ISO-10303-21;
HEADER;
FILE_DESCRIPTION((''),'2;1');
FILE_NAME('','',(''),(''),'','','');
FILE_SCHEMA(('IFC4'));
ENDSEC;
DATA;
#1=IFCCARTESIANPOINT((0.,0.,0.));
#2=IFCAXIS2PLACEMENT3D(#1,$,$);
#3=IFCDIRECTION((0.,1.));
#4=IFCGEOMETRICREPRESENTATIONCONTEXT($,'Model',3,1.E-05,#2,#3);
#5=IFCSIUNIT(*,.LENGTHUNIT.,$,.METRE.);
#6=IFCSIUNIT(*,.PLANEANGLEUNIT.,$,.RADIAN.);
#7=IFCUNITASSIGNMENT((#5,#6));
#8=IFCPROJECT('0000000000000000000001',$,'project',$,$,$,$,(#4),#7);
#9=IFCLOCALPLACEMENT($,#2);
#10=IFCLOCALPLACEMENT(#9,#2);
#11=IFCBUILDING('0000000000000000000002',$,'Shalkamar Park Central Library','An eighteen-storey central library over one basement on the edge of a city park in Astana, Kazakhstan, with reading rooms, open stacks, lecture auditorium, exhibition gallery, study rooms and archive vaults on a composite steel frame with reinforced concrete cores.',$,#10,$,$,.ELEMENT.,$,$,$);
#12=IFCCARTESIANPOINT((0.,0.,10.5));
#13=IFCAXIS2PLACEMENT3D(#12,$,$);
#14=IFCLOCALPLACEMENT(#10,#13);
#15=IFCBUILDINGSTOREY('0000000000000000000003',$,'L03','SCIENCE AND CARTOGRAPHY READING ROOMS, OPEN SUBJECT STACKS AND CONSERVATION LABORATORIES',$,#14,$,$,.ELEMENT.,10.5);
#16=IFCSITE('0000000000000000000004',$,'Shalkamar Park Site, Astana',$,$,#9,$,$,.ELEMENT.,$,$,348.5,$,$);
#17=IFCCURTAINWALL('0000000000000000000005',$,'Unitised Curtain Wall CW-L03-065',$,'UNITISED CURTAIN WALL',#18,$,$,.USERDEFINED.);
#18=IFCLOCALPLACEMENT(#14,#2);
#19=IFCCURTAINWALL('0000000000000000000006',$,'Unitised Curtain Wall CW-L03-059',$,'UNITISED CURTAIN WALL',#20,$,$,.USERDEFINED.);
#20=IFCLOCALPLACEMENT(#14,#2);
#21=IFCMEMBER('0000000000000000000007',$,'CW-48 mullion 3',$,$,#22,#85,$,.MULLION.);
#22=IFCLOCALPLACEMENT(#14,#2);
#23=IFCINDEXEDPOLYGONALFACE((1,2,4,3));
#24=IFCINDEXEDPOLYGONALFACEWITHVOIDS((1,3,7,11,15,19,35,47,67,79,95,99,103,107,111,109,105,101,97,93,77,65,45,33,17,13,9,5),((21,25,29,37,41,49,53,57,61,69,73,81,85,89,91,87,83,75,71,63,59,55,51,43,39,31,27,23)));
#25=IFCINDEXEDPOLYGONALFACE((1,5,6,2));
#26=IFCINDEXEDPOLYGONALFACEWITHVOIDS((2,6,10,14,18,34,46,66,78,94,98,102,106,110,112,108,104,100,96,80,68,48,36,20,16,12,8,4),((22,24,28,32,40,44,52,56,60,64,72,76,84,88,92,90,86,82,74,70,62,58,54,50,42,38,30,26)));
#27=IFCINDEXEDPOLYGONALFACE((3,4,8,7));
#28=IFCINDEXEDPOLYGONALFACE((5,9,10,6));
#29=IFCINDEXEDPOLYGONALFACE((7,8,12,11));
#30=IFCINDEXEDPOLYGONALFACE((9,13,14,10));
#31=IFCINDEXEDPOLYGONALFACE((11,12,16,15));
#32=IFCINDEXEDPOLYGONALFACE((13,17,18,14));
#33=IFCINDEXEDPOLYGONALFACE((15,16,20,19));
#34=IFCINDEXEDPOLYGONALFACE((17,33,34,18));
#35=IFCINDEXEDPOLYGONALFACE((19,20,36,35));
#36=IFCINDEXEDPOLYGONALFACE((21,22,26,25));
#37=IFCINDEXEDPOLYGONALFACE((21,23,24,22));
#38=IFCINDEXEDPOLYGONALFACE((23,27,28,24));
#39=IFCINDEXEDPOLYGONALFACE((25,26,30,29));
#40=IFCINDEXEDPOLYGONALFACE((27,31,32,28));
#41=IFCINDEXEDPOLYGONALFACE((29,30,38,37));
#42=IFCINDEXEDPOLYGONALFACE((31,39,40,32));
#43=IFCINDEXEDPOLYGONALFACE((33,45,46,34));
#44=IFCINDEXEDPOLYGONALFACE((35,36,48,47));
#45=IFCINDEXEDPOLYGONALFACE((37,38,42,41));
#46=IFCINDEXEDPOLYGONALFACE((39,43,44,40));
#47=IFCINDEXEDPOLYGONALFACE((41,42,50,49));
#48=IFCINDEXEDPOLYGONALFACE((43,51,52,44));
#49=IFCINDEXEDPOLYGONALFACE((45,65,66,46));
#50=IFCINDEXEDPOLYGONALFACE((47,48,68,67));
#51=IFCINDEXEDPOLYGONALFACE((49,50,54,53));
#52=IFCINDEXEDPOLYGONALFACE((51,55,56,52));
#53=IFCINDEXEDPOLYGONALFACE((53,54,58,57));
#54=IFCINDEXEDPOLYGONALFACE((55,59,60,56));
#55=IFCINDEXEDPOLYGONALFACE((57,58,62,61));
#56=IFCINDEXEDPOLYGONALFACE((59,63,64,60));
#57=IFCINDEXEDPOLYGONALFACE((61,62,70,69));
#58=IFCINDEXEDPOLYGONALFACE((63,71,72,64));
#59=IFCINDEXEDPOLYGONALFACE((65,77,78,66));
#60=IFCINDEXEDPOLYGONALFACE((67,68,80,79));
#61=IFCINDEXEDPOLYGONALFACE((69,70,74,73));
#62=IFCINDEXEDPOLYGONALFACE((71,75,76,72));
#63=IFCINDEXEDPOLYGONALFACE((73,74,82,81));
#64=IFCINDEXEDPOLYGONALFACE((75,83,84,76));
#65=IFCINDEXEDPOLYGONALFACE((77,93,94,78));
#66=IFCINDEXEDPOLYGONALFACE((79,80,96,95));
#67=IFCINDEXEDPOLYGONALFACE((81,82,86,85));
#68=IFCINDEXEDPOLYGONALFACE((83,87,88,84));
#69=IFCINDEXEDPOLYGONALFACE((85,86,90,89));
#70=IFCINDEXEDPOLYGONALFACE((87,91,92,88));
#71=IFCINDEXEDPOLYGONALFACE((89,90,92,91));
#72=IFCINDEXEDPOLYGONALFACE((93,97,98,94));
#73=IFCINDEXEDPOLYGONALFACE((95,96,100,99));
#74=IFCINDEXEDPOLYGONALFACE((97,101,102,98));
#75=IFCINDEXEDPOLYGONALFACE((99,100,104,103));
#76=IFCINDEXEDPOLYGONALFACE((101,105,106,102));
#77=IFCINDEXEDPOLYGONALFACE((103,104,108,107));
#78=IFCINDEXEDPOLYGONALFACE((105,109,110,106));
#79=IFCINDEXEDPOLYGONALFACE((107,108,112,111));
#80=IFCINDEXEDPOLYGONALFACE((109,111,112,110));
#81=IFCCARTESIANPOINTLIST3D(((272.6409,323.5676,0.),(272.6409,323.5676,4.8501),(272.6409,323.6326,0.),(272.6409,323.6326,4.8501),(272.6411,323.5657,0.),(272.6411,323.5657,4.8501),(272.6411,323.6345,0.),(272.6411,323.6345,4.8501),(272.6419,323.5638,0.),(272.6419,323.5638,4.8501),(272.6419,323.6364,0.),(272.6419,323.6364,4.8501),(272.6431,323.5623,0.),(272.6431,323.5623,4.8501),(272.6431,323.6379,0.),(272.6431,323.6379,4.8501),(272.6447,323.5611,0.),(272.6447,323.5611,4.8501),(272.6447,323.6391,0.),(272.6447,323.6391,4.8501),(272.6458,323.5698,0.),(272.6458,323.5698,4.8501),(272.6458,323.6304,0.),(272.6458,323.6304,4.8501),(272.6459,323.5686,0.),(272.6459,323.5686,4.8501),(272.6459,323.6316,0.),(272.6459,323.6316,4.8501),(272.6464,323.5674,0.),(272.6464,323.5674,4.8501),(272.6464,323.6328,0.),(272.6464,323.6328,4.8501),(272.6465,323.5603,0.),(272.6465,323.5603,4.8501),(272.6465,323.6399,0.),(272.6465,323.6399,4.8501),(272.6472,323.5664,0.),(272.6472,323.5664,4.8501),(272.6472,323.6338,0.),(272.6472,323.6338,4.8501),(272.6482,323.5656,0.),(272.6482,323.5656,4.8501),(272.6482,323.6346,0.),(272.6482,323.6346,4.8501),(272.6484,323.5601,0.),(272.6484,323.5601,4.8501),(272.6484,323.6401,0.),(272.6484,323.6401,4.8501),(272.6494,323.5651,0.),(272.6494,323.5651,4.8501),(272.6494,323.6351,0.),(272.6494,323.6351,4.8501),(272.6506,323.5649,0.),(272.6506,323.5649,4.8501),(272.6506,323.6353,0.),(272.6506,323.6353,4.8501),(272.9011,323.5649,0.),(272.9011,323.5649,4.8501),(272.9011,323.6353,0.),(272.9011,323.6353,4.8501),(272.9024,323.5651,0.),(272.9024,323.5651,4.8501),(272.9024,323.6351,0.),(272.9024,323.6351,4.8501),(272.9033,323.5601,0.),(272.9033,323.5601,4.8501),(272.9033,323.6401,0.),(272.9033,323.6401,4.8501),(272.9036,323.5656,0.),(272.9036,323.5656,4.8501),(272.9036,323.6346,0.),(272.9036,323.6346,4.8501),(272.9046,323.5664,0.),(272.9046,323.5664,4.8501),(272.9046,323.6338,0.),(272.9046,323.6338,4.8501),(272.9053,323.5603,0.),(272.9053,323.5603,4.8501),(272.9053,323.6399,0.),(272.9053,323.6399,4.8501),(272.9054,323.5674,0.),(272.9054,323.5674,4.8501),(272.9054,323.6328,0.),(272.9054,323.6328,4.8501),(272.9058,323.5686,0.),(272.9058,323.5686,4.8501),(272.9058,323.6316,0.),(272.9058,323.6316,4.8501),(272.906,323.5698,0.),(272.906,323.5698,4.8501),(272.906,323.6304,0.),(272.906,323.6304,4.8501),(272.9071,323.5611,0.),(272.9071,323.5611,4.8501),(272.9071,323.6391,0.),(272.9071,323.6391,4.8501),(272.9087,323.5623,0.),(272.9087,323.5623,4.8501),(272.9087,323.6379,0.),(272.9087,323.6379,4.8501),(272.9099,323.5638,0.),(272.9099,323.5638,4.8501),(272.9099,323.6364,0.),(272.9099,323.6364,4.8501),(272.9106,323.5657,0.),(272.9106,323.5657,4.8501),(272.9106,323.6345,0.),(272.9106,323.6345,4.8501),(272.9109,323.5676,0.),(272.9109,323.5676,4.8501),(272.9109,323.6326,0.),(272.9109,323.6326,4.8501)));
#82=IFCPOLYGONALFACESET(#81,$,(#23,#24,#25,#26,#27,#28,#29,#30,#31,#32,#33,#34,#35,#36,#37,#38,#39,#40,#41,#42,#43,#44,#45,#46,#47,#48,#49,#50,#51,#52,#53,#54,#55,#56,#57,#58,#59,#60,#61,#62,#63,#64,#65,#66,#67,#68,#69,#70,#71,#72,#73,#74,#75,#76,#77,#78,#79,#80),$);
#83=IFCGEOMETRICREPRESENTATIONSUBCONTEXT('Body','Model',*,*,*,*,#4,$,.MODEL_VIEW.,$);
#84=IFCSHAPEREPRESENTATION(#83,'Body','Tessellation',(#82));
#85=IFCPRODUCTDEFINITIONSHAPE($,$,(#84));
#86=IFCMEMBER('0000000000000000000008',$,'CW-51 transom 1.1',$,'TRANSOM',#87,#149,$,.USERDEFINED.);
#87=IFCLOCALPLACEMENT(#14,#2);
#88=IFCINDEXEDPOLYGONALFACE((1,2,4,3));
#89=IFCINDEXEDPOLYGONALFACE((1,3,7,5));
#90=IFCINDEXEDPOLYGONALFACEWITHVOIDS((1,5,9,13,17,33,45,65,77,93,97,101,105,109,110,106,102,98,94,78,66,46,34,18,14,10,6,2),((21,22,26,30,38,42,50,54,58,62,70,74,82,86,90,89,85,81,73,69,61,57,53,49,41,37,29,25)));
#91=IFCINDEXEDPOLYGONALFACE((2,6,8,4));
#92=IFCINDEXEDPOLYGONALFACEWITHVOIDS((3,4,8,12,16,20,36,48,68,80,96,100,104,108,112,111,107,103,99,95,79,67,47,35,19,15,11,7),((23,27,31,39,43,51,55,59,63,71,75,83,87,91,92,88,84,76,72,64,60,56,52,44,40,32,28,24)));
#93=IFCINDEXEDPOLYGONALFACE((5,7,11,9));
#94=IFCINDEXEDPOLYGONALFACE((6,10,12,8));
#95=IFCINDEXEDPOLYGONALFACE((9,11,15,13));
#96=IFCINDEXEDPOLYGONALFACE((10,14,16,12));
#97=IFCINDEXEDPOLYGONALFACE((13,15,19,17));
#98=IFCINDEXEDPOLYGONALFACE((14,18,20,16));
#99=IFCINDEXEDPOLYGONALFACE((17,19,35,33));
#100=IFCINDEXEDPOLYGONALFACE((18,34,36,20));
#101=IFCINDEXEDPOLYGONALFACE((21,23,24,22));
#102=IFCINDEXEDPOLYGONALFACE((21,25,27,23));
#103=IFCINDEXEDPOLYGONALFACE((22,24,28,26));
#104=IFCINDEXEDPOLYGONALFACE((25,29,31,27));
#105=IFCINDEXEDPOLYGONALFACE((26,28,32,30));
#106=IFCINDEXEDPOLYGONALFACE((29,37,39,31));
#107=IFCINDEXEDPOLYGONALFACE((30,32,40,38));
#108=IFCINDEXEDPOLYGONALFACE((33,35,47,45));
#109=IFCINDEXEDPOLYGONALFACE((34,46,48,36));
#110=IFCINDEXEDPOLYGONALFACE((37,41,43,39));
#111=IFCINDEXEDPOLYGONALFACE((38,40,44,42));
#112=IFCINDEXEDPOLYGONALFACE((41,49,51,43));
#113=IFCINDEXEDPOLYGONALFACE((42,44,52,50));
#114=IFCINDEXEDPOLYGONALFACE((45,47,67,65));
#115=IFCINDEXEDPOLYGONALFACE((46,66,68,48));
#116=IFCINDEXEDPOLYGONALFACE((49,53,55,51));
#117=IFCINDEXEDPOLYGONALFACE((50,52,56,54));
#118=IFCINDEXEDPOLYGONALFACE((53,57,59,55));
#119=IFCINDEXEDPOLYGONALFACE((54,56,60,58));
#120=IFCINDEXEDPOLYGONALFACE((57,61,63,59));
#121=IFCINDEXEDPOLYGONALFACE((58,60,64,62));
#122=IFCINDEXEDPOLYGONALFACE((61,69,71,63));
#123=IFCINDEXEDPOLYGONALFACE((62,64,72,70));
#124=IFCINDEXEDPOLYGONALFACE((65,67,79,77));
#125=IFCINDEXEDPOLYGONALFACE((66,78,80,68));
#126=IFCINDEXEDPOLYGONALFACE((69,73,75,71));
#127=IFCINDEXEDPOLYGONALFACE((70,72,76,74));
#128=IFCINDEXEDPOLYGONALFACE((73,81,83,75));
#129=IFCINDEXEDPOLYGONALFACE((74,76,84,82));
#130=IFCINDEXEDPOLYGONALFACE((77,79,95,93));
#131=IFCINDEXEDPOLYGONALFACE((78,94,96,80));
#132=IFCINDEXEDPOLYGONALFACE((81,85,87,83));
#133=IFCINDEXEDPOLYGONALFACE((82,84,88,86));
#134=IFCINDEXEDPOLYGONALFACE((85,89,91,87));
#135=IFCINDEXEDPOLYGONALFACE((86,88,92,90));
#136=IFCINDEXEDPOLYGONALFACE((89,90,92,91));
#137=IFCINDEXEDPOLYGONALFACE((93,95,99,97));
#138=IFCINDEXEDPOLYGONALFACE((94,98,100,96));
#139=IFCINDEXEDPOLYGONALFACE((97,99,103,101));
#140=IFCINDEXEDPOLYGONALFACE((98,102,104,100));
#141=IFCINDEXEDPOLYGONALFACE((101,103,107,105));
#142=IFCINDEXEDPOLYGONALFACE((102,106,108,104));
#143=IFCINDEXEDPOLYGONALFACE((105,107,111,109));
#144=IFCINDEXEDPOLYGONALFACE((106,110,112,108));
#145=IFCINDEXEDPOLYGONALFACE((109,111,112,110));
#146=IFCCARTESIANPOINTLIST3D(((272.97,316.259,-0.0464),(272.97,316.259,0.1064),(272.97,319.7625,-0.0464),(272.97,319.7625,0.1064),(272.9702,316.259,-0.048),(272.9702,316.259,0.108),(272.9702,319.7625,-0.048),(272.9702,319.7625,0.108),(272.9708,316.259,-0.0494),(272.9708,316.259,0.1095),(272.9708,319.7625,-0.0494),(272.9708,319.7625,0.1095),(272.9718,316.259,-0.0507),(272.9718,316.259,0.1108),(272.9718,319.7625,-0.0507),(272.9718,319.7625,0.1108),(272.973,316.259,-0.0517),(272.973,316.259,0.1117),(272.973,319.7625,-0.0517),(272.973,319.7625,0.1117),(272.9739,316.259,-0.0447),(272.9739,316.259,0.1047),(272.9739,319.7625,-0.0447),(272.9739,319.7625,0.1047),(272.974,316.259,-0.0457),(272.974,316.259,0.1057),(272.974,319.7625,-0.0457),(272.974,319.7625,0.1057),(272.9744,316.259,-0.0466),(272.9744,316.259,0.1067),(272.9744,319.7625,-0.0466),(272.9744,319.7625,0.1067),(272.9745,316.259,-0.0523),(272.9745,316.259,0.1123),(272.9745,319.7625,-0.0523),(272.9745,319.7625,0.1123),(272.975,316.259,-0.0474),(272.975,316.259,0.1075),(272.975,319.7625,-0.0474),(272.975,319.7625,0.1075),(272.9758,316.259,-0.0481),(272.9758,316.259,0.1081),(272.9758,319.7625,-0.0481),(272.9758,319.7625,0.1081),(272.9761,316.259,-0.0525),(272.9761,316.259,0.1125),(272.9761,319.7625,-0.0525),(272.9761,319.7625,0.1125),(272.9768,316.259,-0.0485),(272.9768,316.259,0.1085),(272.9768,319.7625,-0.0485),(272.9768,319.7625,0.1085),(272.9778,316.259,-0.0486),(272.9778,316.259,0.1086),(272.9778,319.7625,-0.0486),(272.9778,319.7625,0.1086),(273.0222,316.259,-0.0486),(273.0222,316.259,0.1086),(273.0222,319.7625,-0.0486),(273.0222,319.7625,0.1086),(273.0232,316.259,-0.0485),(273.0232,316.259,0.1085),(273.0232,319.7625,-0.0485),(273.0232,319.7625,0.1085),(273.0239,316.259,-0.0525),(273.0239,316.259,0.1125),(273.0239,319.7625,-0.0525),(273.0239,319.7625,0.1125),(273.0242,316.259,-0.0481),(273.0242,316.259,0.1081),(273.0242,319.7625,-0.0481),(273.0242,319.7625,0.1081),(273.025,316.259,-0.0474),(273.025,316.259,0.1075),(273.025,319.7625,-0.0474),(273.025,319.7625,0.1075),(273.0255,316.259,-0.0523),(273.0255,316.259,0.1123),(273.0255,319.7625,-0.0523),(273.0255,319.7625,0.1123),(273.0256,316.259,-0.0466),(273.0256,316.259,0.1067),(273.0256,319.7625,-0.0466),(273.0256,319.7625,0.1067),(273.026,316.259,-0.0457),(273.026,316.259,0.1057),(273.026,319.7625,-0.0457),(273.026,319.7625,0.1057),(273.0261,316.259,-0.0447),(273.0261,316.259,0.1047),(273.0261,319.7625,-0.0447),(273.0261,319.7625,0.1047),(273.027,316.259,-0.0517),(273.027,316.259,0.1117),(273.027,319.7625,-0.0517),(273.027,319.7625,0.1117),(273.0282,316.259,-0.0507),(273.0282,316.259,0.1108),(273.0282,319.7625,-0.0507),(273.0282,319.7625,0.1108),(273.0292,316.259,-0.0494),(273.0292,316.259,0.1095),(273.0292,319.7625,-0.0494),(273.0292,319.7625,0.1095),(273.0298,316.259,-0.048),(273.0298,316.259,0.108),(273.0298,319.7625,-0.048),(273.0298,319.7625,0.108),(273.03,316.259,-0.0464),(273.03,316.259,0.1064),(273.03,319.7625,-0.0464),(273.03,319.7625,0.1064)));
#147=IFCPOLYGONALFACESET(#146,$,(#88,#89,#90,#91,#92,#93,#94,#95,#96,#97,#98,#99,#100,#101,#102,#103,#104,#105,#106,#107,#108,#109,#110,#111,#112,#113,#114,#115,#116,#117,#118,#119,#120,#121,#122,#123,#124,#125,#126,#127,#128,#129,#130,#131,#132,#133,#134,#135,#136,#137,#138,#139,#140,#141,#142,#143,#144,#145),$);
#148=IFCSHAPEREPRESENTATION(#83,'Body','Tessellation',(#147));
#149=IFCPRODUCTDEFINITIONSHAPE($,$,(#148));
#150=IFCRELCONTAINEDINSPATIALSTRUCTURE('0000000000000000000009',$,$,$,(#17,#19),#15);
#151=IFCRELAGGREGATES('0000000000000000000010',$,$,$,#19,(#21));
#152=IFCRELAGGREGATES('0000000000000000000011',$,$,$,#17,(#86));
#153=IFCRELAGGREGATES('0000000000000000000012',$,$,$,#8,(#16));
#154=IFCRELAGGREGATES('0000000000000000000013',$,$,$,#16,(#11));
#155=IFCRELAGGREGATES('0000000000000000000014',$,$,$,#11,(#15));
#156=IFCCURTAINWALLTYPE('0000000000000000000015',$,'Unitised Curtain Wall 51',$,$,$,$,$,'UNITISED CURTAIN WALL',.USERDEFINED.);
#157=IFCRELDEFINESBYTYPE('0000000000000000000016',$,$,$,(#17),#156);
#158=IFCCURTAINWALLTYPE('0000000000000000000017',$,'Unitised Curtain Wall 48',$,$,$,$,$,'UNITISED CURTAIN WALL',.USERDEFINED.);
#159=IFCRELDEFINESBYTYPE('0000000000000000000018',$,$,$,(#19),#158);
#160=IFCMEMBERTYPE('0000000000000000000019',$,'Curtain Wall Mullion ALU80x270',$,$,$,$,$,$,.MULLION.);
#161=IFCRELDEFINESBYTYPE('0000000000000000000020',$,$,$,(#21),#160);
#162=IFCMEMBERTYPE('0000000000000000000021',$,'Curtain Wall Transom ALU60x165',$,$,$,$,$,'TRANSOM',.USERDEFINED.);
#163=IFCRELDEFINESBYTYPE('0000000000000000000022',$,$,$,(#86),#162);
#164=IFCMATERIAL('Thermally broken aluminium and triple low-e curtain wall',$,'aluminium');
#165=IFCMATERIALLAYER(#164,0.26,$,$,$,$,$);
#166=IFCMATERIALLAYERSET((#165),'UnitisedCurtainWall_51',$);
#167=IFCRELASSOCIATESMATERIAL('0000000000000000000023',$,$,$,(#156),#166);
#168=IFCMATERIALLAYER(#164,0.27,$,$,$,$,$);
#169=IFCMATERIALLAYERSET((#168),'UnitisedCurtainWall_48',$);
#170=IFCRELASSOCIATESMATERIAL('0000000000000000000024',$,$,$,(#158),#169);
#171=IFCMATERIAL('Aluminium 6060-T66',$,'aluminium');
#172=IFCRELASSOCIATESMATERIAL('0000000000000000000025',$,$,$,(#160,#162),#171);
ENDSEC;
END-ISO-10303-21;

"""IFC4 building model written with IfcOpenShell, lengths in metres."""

from ifc_helpers import new_model, si_unit, direction, frame, origin, origin_2d, place, context, subcontext, project, spatial, hollow_rectangle, extrude, material, layer, layer_set, material_profile, profile_set, type_object, element, aggregate, save


model = new_model("IFC4")

# Units and contexts
model_context = context("Model", 3, precision=1e-05, world=origin(), true_north=direction((0.0, 1.0)))
body_context = subcontext(model_context, "Body", "Model", "MODEL_VIEW")
ifc_project = project(units=[si_unit("LENGTHUNIT", "METRE"), si_unit("PLANEANGLEUNIT", "RADIAN")], contexts=[model_context])

# Site, building, storey
site_placement = place(None, origin())
site = spatial("IfcSite", under=ifc_project, at=site_placement, Name="Shalkamar Park Site, Astana", CompositionType="ELEMENT", RefElevation=348.5)
building_placement = place(site_placement, origin())
building = spatial("IfcBuilding", under=site, at=building_placement, Name="Shalkamar Park Central Library", Description="An eighteen-storey central library over one basement on the edge of a city park in Astana, Kazakhstan, with reading rooms, open stacks, lecture auditorium, exhibition gallery, study rooms and archive vaults on a composite steel frame with reinforced concrete cores.", CompositionType="ELEMENT")
storey_placement = place(building_placement, frame((0.0, 0.0, 10.5)))
storey = spatial("IfcBuildingStorey", under=building, at=storey_placement, Name="L03", Description="SCIENCE AND CARTOGRAPHY READING ROOMS, OPEN SUBJECT STACKS AND CONSERVATION LABORATORIES", CompositionType="ELEMENT", Elevation=10.5)

# Curtain wall
ifc_material_1 = material(Name="Thermally broken aluminium and triple low-e curtain wall", Category="aluminium")
ifc_layer_1 = layer(ifc_material_1, 0.26)
ifc_layer_set_1 = layer_set([ifc_layer_1], Name="UnitisedCurtainWall_51")
curtain_wall_type_1 = type_object("IfcCurtainWallType", Name="Unitised Curtain Wall 51", ElementType="UNITISED CURTAIN WALL", PredefinedType="USERDEFINED", material=ifc_layer_set_1)
curtain_wall_1_placement = place(storey_placement, origin())
curtain_wall_1 = element("IfcCurtainWall", 1, at=curtain_wall_1_placement, inside=storey, type_object=curtain_wall_type_1, Name="Unitised Curtain Wall CW-L03-065", ObjectType="UNITISED CURTAIN WALL", PredefinedType="USERDEFINED")
ifc_material_2 = material(Name="Aluminium 6060-T66", Category="aluminium")

# Curtain wall, member
ifc_layer_2 = layer(ifc_material_1, 0.27)
ifc_layer_set_2 = layer_set([ifc_layer_2], Name="UnitisedCurtainWall_48")
curtain_wall_type_2 = type_object("IfcCurtainWallType", Name="Unitised Curtain Wall 48", ElementType="UNITISED CURTAIN WALL", PredefinedType="USERDEFINED", material=ifc_layer_set_2)
curtain_wall_2_placement = place(storey_placement, origin())
curtain_wall_2 = element("IfcCurtainWall", 2, at=curtain_wall_2_placement, inside=storey, type_object=curtain_wall_type_2, Name="Unitised Curtain Wall CW-L03-059", ObjectType="UNITISED CURTAIN WALL", PredefinedType="USERDEFINED")
ifc_material_profile_1 = material_profile(ifc_material_2, hollow_rectangle(XDim=0.0801, YDim=0.27, WallThickness=0.0049, InnerFilletRadius=0.0049, OuterFilletRadius=0.0076, at=origin_2d()), Name="ALU 80x270x5")
ifc_profile_set_1 = profile_set([ifc_material_profile_1], Name="Aluminium 6060-T66")
member_type_1 = type_object("IfcMemberType", Name="Curtain Wall Mullion ALU80x270", PredefinedType="MULLION", material=ifc_profile_set_1)
member_1_placement = place(storey_placement, frame((272.7759, 323.6001, 0.0), z_axis=(0.0, 0.0, 1.0), x_axis=(0.0, 1.0, 0.0)))
member_1 = element("IfcMember", 3, at=member_1_placement, type_object=member_type_1, Name="CW-48 mullion 3", PredefinedType="MULLION", context=body_context, shape_type="SweptSolid", body=[
    extrude(hollow_rectangle(XDim=0.0801, YDim=0.27, WallThickness=0.0049, InnerFilletRadius=0.0049, OuterFilletRadius=0.0076, at=origin_2d()), origin(), (0.0, 0.0, 1.0), 4.8501),
])

# Member
ifc_material_profile_2 = material_profile(ifc_material_2, hollow_rectangle(XDim=0.0601, YDim=0.165, WallThickness=0.0039, InnerFilletRadius=0.0039, OuterFilletRadius=0.0061, at=origin_2d()), Name="ALU 60x165x4")
ifc_profile_set_2 = profile_set([ifc_material_profile_2], Name="Aluminium 6060-T66")
member_type_2 = type_object("IfcMemberType", Name="Curtain Wall Transom ALU60x165", ElementType="TRANSOM", PredefinedType="USERDEFINED", material=ifc_profile_set_2)
member_2_placement = place(storey_placement, frame((273.0, 316.259, 0.03), z_axis=(0.0, 1.0, 0.0), x_axis=(-1.0, 0.0, 0.0)))
member_2 = element("IfcMember", 4, at=member_2_placement, type_object=member_type_2, Name="CW-51 transom 1.1", ObjectType="TRANSOM", PredefinedType="USERDEFINED", context=body_context, shape_type="SweptSolid", body=[
    extrude(hollow_rectangle(XDim=0.0601, YDim=0.165, WallThickness=0.0039, InnerFilletRadius=0.0039, OuterFilletRadius=0.0061, at=origin_2d()), origin(), (0.0, 0.0, 1.0), 3.5034),
])

aggregate(curtain_wall_2, [member_1])
aggregate(curtain_wall_1, [member_2])

save(model, "model.ifc")
